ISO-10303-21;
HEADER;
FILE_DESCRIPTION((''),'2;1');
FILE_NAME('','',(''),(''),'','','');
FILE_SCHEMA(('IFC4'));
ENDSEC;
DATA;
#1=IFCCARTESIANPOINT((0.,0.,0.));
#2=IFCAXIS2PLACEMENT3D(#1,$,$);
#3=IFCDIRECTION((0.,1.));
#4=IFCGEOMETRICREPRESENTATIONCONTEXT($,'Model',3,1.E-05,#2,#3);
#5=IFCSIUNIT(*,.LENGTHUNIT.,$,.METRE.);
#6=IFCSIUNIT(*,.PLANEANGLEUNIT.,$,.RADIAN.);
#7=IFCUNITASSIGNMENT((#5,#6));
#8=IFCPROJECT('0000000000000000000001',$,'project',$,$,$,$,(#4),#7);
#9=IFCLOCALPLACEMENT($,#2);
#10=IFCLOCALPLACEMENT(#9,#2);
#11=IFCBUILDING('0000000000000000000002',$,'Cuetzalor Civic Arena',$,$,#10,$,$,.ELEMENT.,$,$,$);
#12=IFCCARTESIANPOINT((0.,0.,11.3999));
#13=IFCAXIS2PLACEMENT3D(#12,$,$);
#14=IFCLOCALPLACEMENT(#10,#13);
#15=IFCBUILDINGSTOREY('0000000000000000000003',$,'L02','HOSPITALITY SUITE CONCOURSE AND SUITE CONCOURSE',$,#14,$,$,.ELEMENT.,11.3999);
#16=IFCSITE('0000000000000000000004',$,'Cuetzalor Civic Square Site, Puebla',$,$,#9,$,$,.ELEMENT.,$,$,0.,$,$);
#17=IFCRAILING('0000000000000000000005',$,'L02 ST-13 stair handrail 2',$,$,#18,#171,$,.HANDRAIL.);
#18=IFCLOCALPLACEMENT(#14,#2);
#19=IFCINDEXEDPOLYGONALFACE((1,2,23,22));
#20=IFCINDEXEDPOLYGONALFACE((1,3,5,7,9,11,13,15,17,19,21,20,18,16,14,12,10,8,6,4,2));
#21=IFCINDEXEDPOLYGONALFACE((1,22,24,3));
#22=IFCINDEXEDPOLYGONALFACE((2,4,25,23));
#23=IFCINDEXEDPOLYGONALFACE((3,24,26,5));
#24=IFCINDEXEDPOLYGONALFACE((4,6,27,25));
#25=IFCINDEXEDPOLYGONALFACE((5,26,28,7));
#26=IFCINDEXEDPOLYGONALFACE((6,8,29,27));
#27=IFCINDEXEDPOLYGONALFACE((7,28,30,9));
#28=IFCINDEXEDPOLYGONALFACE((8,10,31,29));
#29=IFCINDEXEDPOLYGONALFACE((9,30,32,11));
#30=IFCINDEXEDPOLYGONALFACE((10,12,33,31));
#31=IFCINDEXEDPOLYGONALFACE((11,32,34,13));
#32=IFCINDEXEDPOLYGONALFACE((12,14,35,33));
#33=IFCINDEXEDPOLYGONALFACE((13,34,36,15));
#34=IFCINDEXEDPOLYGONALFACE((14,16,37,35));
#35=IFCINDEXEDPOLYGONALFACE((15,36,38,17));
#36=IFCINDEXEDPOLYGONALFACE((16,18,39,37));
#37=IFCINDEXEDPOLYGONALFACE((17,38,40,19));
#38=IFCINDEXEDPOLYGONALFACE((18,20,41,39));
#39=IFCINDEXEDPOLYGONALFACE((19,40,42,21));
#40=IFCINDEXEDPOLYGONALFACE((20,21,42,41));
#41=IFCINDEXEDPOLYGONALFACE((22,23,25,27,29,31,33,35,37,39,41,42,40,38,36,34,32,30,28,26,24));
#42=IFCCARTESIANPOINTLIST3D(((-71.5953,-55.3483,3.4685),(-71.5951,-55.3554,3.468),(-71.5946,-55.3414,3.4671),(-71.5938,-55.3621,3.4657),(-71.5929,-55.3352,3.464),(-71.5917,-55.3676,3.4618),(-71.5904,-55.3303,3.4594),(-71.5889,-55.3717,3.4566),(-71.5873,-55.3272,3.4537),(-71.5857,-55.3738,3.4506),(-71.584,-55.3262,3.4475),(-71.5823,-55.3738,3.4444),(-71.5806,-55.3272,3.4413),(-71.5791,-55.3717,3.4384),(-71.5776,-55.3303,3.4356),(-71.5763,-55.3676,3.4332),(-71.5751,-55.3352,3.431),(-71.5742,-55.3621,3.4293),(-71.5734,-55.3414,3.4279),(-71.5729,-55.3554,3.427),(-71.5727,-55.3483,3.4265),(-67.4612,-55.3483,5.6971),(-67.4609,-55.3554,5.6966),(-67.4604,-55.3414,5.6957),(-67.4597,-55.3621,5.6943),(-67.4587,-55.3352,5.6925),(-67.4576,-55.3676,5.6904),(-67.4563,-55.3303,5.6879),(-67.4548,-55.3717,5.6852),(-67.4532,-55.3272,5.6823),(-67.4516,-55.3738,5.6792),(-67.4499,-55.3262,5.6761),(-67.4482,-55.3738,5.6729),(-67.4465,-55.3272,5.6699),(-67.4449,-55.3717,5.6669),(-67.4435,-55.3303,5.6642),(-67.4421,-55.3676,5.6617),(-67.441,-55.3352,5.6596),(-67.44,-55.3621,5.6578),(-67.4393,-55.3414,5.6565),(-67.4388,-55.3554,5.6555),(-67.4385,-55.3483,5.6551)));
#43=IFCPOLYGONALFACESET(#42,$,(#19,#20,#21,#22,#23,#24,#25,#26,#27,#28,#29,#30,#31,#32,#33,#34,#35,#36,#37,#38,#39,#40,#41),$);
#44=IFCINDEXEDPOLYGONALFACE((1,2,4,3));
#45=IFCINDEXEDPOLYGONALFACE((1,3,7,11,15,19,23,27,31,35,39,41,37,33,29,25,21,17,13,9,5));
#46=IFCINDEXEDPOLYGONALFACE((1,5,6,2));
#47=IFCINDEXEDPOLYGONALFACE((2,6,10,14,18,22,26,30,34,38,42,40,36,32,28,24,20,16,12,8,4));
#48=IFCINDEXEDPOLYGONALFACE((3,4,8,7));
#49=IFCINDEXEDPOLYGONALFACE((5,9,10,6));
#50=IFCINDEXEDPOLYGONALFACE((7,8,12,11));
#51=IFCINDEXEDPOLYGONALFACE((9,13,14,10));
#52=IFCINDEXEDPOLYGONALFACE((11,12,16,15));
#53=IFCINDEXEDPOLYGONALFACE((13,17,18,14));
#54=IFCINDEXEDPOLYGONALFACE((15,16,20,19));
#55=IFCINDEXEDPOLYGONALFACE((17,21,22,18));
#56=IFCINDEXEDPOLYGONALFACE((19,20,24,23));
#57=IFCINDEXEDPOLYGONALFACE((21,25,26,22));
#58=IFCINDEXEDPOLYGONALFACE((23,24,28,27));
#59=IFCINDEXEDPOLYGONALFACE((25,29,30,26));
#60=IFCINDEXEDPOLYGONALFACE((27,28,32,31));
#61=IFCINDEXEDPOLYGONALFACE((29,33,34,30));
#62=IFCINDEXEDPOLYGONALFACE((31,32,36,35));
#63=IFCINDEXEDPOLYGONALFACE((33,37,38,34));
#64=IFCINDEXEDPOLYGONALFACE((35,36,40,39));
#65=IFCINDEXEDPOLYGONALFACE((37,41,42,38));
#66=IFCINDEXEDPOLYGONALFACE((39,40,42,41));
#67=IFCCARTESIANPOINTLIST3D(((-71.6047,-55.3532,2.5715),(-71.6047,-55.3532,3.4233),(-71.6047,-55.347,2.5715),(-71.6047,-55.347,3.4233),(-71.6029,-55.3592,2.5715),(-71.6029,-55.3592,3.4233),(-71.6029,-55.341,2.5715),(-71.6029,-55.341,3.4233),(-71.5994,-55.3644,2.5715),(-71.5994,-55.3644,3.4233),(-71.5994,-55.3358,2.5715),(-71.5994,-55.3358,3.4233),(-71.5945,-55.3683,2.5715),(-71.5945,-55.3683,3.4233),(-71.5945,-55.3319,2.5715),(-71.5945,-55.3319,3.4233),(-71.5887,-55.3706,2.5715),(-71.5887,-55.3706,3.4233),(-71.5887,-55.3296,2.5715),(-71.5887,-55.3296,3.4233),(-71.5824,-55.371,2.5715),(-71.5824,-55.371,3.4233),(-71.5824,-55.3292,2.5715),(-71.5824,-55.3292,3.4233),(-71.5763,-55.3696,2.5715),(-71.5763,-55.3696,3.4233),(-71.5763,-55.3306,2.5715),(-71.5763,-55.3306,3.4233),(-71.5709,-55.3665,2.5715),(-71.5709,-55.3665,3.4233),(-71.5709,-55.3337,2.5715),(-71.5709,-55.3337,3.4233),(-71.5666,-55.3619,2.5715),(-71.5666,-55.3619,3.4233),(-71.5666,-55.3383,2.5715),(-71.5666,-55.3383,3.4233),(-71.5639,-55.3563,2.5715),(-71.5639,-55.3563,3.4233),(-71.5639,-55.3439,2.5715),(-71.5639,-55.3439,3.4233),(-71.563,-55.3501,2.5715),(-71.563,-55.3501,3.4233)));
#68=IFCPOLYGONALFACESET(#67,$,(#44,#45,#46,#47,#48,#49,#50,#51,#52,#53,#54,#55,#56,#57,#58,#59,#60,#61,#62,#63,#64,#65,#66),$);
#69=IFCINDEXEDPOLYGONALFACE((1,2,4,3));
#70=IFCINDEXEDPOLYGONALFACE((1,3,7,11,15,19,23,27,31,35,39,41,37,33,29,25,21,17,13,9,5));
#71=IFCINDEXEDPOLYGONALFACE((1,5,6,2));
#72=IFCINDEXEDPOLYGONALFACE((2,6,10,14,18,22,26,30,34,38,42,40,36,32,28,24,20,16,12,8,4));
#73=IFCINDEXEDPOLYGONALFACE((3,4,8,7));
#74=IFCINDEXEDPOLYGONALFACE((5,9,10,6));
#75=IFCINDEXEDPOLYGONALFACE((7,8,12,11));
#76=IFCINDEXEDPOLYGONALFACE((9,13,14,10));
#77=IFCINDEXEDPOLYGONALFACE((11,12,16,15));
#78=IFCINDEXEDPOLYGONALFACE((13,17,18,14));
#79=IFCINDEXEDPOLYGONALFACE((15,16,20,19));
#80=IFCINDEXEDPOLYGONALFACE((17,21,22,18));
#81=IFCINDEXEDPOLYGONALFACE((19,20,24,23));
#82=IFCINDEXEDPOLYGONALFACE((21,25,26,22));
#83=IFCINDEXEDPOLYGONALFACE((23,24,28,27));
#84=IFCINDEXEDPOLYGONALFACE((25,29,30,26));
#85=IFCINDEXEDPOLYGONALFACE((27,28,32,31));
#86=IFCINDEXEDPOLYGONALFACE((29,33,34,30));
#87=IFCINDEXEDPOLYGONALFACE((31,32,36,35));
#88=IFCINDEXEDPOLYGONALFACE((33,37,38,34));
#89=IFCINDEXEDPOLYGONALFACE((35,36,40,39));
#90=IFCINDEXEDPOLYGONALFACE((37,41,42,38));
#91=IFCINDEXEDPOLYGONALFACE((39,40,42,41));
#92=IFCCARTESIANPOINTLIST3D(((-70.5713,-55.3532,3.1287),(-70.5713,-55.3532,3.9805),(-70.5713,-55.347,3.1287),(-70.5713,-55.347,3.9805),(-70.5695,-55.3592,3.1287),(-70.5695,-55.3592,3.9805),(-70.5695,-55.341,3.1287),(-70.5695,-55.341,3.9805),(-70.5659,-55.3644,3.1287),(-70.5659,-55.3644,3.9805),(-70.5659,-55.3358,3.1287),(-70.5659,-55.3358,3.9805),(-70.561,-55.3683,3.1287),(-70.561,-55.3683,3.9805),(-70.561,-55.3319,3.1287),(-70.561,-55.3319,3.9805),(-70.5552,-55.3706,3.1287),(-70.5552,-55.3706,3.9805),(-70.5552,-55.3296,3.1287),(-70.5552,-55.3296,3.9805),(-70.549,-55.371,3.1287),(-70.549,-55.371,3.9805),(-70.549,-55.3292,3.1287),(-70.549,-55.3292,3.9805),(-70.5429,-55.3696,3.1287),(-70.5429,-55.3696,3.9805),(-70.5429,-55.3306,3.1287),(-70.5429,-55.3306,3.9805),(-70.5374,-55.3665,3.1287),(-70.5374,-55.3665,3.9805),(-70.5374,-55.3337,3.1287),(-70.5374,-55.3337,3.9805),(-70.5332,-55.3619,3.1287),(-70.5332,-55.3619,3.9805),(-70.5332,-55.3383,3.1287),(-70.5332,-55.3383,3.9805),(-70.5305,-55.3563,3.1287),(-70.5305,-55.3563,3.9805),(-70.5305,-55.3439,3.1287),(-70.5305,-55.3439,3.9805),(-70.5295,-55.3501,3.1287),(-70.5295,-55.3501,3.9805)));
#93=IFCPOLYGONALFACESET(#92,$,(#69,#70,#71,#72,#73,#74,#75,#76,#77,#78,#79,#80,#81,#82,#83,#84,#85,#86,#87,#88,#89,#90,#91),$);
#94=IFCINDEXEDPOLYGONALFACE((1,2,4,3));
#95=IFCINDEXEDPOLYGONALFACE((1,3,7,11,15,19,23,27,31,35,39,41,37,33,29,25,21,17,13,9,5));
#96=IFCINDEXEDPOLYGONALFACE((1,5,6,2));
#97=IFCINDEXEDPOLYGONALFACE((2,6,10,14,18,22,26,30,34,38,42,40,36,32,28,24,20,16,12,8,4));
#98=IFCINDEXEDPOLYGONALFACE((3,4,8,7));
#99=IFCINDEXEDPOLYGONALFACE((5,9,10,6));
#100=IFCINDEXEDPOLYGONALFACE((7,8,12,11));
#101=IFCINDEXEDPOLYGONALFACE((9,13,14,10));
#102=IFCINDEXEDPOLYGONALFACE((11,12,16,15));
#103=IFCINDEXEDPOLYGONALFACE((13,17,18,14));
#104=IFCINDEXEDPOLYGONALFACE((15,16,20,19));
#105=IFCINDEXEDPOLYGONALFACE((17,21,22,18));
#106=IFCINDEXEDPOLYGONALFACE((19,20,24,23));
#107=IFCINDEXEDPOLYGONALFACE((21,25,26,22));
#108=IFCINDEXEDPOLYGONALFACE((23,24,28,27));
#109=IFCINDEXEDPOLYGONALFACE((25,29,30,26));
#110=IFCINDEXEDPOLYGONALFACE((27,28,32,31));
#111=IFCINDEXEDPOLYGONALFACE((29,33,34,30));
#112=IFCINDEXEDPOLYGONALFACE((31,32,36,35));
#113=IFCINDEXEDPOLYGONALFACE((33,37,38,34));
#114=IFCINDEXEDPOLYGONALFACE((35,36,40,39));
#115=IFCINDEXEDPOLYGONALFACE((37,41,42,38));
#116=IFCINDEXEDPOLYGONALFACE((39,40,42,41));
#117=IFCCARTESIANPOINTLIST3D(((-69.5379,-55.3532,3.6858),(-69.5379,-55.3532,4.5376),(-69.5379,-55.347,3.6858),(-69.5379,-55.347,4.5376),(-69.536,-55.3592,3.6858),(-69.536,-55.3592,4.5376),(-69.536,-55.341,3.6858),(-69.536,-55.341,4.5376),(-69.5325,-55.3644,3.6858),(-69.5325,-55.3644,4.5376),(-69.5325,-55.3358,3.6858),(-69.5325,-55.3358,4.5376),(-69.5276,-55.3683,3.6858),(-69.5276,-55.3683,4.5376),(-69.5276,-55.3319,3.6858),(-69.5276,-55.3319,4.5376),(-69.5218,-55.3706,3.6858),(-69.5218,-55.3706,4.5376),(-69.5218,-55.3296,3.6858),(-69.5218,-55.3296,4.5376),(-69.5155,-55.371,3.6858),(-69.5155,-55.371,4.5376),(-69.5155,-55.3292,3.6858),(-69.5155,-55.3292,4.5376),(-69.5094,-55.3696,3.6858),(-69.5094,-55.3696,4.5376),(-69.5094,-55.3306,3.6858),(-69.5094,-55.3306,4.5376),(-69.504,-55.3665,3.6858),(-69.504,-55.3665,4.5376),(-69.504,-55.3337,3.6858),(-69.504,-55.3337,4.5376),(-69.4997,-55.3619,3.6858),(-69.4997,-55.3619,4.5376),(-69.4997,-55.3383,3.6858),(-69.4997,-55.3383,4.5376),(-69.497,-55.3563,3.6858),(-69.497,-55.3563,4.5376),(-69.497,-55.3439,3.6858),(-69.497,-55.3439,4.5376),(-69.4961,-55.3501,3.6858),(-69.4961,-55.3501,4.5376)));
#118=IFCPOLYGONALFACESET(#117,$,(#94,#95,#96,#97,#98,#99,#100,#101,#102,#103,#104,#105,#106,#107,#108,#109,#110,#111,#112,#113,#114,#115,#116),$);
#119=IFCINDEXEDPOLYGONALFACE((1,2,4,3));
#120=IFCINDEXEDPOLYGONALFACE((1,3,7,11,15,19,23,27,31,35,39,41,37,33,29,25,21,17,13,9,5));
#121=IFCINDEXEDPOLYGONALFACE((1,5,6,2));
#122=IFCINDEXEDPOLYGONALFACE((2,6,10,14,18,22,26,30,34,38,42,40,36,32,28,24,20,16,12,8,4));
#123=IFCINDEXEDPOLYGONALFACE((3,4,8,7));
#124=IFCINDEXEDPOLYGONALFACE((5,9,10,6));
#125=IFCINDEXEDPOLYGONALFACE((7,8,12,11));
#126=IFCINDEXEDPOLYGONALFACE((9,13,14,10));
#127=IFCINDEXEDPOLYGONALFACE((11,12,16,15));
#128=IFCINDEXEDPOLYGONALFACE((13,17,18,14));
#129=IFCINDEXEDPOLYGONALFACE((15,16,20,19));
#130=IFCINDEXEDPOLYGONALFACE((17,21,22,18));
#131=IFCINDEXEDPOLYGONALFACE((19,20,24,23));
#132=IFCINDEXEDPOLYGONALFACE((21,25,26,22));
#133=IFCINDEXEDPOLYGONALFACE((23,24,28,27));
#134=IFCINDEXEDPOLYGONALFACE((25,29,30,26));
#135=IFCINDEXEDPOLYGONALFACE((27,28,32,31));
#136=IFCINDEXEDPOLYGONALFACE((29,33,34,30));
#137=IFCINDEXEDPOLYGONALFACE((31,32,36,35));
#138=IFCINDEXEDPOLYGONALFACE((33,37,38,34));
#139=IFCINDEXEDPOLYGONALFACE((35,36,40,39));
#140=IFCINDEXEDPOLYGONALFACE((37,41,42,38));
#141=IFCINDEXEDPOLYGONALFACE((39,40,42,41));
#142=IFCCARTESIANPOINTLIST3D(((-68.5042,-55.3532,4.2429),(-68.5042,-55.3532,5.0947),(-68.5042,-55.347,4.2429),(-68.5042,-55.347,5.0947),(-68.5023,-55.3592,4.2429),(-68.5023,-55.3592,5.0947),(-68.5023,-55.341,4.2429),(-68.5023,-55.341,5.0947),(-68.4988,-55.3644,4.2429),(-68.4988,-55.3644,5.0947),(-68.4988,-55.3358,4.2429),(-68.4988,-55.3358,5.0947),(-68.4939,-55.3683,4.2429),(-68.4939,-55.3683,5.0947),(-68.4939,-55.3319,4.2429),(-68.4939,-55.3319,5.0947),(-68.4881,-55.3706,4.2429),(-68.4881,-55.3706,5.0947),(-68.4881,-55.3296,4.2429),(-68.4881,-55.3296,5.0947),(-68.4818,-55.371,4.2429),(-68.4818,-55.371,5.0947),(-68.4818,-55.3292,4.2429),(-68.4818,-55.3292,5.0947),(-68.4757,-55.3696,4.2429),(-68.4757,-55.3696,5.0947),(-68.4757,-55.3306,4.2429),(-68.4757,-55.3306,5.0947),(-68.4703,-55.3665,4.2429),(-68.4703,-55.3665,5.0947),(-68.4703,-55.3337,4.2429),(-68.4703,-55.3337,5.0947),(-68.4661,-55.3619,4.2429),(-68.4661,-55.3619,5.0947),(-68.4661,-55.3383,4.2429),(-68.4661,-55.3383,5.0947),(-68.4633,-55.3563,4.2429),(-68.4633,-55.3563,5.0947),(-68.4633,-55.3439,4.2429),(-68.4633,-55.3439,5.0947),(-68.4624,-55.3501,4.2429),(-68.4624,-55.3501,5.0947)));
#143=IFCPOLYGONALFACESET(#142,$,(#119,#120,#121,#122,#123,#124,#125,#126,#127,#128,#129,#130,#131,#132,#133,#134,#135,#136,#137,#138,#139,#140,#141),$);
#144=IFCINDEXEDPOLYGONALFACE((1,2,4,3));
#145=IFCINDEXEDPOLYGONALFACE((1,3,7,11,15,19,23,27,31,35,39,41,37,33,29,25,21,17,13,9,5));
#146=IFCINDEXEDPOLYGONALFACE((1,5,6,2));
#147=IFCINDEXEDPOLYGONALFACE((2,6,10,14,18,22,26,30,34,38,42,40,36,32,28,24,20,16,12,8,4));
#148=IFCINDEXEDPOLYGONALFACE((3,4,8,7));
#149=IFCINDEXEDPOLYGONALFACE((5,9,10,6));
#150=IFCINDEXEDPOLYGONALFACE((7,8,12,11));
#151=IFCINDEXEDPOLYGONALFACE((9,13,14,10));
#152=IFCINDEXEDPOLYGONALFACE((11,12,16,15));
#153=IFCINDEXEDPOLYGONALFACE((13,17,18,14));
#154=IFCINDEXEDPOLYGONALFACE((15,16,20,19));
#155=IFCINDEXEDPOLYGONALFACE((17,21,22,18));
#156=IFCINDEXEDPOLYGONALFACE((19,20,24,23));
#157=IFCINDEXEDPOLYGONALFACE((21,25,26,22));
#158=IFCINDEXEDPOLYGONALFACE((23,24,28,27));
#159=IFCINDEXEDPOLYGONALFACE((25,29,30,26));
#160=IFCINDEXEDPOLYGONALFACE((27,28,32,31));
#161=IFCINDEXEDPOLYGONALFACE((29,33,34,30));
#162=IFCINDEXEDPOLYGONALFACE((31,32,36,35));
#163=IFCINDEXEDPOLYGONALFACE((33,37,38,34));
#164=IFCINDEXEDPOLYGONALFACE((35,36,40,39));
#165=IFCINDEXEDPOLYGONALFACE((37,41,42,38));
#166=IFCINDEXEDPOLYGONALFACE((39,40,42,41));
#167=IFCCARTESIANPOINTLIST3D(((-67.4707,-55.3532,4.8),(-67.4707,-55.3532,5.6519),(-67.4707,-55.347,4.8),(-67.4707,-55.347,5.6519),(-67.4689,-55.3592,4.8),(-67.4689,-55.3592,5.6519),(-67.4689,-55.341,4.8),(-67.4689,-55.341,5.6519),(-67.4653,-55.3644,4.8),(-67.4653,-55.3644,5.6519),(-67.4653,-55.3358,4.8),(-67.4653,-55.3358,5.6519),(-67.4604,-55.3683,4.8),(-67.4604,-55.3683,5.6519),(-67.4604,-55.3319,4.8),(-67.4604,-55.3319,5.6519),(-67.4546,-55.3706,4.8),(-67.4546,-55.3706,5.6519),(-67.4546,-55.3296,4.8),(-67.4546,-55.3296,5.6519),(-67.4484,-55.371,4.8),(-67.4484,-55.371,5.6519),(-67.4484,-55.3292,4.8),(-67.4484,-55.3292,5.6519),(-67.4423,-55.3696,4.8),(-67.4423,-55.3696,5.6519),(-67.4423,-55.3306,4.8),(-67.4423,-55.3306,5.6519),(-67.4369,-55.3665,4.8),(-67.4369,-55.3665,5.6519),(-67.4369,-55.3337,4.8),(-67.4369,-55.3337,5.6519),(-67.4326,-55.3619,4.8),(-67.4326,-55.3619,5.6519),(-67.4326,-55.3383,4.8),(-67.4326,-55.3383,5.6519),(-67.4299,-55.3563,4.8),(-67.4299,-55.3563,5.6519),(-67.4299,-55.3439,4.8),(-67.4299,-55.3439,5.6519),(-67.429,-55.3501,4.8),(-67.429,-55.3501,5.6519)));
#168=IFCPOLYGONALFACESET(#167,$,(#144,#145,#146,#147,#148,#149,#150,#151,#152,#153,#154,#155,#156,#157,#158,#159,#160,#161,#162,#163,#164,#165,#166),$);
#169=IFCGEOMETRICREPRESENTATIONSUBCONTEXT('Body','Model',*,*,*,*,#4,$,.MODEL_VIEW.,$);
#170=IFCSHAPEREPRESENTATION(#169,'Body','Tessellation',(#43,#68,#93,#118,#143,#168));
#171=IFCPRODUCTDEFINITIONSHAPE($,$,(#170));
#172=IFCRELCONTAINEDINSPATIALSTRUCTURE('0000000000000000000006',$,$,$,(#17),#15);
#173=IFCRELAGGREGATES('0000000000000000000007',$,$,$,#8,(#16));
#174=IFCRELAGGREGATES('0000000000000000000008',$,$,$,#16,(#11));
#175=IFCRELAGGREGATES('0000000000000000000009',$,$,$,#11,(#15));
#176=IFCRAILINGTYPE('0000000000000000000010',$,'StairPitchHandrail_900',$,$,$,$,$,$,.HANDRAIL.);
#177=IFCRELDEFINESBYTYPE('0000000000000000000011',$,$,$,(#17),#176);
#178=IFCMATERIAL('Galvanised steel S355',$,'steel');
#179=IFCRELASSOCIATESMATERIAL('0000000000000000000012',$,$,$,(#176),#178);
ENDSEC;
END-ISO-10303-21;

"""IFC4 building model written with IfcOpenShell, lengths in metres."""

from ifc_helpers import new_model, si_unit, direction, frame, origin, origin_2d, place, context, subcontext, project, spatial, circle, extrude, material, type_object, element, save


model = new_model("IFC4")

# Units and contexts
model_context = context("Model", 3, precision=1e-05, world=origin(), true_north=direction((0.0, 1.0)))
body_context = subcontext(model_context, "Body", "Model", "MODEL_VIEW")
ifc_project = project(units=[si_unit("LENGTHUNIT", "METRE"), si_unit("PLANEANGLEUNIT", "RADIAN")], contexts=[model_context])

# Site, building, storey
site_placement = place(None, origin())
site = spatial("IfcSite", under=ifc_project, at=site_placement, Name="Cuetzalor Civic Square Site, Puebla", CompositionType="ELEMENT", RefElevation=0.0)
building_placement = place(site_placement, origin())
building = spatial("IfcBuilding", under=site, at=building_placement, Name="Cuetzalor Civic Arena", CompositionType="ELEMENT")
storey_placement = place(building_placement, frame((0.0, 0.0, 11.3999)))
storey = spatial("IfcBuildingStorey", under=building, at=storey_placement, Name="L02", Description="HOSPITALITY SUITE CONCOURSE AND SUITE CONCOURSE", CompositionType="ELEMENT", Elevation=11.3999)

# Railing
ifc_material_1 = material(Name="Galvanised steel S355", Category="steel")
railing_type_1 = type_object("IfcRailingType", Name="StairPitchHandrail_900", PredefinedType="HANDRAIL", material=ifc_material_1)
for number, where, name in (
    (1, (-71.584, -55.3501, 2.5715), "L02 ST-13 stair handrail 2"),
):
    element("IfcRailing", number, at=place(storey_placement, frame(where)), inside=storey, type_object=railing_type_1, Name=name, PredefinedType="HANDRAIL", context=body_context, shape_type="SweptSolid", body=[
        extrude(circle(Radius=0.0239, at=origin_2d()), frame((0.0, 0.0, 0.876), z_axis=(0.880249, 0.0, 0.474512), x_axis=(0.0, 1.0, 0.0)), (0.0, 0.0, 1.0), 4.6965),
        extrude(circle(Radius=0.021, at=origin_2d()), origin(), (0.0, 0.0, 1.0), 0.8518),
        extrude(circle(Radius=0.021, at=origin_2d()), frame((1.0334, 0.0, 0.5571)), (0.0, 0.0, 1.0), 0.8518),
        extrude(circle(Radius=0.021, at=origin_2d()), frame((2.0669, 0.0, 1.1143)), (0.0, 0.0, 1.0), 0.8518),
        extrude(circle(Radius=0.021, at=origin_2d()), frame((3.1006, 0.0, 1.6714)), (0.0, 0.0, 1.0), 0.8518),
        extrude(circle(Radius=0.021, at=origin_2d()), frame((4.134, 0.0, 2.2285)), (0.0, 0.0, 1.0), 0.8518),
    ])

save(model, "model.ifc")
